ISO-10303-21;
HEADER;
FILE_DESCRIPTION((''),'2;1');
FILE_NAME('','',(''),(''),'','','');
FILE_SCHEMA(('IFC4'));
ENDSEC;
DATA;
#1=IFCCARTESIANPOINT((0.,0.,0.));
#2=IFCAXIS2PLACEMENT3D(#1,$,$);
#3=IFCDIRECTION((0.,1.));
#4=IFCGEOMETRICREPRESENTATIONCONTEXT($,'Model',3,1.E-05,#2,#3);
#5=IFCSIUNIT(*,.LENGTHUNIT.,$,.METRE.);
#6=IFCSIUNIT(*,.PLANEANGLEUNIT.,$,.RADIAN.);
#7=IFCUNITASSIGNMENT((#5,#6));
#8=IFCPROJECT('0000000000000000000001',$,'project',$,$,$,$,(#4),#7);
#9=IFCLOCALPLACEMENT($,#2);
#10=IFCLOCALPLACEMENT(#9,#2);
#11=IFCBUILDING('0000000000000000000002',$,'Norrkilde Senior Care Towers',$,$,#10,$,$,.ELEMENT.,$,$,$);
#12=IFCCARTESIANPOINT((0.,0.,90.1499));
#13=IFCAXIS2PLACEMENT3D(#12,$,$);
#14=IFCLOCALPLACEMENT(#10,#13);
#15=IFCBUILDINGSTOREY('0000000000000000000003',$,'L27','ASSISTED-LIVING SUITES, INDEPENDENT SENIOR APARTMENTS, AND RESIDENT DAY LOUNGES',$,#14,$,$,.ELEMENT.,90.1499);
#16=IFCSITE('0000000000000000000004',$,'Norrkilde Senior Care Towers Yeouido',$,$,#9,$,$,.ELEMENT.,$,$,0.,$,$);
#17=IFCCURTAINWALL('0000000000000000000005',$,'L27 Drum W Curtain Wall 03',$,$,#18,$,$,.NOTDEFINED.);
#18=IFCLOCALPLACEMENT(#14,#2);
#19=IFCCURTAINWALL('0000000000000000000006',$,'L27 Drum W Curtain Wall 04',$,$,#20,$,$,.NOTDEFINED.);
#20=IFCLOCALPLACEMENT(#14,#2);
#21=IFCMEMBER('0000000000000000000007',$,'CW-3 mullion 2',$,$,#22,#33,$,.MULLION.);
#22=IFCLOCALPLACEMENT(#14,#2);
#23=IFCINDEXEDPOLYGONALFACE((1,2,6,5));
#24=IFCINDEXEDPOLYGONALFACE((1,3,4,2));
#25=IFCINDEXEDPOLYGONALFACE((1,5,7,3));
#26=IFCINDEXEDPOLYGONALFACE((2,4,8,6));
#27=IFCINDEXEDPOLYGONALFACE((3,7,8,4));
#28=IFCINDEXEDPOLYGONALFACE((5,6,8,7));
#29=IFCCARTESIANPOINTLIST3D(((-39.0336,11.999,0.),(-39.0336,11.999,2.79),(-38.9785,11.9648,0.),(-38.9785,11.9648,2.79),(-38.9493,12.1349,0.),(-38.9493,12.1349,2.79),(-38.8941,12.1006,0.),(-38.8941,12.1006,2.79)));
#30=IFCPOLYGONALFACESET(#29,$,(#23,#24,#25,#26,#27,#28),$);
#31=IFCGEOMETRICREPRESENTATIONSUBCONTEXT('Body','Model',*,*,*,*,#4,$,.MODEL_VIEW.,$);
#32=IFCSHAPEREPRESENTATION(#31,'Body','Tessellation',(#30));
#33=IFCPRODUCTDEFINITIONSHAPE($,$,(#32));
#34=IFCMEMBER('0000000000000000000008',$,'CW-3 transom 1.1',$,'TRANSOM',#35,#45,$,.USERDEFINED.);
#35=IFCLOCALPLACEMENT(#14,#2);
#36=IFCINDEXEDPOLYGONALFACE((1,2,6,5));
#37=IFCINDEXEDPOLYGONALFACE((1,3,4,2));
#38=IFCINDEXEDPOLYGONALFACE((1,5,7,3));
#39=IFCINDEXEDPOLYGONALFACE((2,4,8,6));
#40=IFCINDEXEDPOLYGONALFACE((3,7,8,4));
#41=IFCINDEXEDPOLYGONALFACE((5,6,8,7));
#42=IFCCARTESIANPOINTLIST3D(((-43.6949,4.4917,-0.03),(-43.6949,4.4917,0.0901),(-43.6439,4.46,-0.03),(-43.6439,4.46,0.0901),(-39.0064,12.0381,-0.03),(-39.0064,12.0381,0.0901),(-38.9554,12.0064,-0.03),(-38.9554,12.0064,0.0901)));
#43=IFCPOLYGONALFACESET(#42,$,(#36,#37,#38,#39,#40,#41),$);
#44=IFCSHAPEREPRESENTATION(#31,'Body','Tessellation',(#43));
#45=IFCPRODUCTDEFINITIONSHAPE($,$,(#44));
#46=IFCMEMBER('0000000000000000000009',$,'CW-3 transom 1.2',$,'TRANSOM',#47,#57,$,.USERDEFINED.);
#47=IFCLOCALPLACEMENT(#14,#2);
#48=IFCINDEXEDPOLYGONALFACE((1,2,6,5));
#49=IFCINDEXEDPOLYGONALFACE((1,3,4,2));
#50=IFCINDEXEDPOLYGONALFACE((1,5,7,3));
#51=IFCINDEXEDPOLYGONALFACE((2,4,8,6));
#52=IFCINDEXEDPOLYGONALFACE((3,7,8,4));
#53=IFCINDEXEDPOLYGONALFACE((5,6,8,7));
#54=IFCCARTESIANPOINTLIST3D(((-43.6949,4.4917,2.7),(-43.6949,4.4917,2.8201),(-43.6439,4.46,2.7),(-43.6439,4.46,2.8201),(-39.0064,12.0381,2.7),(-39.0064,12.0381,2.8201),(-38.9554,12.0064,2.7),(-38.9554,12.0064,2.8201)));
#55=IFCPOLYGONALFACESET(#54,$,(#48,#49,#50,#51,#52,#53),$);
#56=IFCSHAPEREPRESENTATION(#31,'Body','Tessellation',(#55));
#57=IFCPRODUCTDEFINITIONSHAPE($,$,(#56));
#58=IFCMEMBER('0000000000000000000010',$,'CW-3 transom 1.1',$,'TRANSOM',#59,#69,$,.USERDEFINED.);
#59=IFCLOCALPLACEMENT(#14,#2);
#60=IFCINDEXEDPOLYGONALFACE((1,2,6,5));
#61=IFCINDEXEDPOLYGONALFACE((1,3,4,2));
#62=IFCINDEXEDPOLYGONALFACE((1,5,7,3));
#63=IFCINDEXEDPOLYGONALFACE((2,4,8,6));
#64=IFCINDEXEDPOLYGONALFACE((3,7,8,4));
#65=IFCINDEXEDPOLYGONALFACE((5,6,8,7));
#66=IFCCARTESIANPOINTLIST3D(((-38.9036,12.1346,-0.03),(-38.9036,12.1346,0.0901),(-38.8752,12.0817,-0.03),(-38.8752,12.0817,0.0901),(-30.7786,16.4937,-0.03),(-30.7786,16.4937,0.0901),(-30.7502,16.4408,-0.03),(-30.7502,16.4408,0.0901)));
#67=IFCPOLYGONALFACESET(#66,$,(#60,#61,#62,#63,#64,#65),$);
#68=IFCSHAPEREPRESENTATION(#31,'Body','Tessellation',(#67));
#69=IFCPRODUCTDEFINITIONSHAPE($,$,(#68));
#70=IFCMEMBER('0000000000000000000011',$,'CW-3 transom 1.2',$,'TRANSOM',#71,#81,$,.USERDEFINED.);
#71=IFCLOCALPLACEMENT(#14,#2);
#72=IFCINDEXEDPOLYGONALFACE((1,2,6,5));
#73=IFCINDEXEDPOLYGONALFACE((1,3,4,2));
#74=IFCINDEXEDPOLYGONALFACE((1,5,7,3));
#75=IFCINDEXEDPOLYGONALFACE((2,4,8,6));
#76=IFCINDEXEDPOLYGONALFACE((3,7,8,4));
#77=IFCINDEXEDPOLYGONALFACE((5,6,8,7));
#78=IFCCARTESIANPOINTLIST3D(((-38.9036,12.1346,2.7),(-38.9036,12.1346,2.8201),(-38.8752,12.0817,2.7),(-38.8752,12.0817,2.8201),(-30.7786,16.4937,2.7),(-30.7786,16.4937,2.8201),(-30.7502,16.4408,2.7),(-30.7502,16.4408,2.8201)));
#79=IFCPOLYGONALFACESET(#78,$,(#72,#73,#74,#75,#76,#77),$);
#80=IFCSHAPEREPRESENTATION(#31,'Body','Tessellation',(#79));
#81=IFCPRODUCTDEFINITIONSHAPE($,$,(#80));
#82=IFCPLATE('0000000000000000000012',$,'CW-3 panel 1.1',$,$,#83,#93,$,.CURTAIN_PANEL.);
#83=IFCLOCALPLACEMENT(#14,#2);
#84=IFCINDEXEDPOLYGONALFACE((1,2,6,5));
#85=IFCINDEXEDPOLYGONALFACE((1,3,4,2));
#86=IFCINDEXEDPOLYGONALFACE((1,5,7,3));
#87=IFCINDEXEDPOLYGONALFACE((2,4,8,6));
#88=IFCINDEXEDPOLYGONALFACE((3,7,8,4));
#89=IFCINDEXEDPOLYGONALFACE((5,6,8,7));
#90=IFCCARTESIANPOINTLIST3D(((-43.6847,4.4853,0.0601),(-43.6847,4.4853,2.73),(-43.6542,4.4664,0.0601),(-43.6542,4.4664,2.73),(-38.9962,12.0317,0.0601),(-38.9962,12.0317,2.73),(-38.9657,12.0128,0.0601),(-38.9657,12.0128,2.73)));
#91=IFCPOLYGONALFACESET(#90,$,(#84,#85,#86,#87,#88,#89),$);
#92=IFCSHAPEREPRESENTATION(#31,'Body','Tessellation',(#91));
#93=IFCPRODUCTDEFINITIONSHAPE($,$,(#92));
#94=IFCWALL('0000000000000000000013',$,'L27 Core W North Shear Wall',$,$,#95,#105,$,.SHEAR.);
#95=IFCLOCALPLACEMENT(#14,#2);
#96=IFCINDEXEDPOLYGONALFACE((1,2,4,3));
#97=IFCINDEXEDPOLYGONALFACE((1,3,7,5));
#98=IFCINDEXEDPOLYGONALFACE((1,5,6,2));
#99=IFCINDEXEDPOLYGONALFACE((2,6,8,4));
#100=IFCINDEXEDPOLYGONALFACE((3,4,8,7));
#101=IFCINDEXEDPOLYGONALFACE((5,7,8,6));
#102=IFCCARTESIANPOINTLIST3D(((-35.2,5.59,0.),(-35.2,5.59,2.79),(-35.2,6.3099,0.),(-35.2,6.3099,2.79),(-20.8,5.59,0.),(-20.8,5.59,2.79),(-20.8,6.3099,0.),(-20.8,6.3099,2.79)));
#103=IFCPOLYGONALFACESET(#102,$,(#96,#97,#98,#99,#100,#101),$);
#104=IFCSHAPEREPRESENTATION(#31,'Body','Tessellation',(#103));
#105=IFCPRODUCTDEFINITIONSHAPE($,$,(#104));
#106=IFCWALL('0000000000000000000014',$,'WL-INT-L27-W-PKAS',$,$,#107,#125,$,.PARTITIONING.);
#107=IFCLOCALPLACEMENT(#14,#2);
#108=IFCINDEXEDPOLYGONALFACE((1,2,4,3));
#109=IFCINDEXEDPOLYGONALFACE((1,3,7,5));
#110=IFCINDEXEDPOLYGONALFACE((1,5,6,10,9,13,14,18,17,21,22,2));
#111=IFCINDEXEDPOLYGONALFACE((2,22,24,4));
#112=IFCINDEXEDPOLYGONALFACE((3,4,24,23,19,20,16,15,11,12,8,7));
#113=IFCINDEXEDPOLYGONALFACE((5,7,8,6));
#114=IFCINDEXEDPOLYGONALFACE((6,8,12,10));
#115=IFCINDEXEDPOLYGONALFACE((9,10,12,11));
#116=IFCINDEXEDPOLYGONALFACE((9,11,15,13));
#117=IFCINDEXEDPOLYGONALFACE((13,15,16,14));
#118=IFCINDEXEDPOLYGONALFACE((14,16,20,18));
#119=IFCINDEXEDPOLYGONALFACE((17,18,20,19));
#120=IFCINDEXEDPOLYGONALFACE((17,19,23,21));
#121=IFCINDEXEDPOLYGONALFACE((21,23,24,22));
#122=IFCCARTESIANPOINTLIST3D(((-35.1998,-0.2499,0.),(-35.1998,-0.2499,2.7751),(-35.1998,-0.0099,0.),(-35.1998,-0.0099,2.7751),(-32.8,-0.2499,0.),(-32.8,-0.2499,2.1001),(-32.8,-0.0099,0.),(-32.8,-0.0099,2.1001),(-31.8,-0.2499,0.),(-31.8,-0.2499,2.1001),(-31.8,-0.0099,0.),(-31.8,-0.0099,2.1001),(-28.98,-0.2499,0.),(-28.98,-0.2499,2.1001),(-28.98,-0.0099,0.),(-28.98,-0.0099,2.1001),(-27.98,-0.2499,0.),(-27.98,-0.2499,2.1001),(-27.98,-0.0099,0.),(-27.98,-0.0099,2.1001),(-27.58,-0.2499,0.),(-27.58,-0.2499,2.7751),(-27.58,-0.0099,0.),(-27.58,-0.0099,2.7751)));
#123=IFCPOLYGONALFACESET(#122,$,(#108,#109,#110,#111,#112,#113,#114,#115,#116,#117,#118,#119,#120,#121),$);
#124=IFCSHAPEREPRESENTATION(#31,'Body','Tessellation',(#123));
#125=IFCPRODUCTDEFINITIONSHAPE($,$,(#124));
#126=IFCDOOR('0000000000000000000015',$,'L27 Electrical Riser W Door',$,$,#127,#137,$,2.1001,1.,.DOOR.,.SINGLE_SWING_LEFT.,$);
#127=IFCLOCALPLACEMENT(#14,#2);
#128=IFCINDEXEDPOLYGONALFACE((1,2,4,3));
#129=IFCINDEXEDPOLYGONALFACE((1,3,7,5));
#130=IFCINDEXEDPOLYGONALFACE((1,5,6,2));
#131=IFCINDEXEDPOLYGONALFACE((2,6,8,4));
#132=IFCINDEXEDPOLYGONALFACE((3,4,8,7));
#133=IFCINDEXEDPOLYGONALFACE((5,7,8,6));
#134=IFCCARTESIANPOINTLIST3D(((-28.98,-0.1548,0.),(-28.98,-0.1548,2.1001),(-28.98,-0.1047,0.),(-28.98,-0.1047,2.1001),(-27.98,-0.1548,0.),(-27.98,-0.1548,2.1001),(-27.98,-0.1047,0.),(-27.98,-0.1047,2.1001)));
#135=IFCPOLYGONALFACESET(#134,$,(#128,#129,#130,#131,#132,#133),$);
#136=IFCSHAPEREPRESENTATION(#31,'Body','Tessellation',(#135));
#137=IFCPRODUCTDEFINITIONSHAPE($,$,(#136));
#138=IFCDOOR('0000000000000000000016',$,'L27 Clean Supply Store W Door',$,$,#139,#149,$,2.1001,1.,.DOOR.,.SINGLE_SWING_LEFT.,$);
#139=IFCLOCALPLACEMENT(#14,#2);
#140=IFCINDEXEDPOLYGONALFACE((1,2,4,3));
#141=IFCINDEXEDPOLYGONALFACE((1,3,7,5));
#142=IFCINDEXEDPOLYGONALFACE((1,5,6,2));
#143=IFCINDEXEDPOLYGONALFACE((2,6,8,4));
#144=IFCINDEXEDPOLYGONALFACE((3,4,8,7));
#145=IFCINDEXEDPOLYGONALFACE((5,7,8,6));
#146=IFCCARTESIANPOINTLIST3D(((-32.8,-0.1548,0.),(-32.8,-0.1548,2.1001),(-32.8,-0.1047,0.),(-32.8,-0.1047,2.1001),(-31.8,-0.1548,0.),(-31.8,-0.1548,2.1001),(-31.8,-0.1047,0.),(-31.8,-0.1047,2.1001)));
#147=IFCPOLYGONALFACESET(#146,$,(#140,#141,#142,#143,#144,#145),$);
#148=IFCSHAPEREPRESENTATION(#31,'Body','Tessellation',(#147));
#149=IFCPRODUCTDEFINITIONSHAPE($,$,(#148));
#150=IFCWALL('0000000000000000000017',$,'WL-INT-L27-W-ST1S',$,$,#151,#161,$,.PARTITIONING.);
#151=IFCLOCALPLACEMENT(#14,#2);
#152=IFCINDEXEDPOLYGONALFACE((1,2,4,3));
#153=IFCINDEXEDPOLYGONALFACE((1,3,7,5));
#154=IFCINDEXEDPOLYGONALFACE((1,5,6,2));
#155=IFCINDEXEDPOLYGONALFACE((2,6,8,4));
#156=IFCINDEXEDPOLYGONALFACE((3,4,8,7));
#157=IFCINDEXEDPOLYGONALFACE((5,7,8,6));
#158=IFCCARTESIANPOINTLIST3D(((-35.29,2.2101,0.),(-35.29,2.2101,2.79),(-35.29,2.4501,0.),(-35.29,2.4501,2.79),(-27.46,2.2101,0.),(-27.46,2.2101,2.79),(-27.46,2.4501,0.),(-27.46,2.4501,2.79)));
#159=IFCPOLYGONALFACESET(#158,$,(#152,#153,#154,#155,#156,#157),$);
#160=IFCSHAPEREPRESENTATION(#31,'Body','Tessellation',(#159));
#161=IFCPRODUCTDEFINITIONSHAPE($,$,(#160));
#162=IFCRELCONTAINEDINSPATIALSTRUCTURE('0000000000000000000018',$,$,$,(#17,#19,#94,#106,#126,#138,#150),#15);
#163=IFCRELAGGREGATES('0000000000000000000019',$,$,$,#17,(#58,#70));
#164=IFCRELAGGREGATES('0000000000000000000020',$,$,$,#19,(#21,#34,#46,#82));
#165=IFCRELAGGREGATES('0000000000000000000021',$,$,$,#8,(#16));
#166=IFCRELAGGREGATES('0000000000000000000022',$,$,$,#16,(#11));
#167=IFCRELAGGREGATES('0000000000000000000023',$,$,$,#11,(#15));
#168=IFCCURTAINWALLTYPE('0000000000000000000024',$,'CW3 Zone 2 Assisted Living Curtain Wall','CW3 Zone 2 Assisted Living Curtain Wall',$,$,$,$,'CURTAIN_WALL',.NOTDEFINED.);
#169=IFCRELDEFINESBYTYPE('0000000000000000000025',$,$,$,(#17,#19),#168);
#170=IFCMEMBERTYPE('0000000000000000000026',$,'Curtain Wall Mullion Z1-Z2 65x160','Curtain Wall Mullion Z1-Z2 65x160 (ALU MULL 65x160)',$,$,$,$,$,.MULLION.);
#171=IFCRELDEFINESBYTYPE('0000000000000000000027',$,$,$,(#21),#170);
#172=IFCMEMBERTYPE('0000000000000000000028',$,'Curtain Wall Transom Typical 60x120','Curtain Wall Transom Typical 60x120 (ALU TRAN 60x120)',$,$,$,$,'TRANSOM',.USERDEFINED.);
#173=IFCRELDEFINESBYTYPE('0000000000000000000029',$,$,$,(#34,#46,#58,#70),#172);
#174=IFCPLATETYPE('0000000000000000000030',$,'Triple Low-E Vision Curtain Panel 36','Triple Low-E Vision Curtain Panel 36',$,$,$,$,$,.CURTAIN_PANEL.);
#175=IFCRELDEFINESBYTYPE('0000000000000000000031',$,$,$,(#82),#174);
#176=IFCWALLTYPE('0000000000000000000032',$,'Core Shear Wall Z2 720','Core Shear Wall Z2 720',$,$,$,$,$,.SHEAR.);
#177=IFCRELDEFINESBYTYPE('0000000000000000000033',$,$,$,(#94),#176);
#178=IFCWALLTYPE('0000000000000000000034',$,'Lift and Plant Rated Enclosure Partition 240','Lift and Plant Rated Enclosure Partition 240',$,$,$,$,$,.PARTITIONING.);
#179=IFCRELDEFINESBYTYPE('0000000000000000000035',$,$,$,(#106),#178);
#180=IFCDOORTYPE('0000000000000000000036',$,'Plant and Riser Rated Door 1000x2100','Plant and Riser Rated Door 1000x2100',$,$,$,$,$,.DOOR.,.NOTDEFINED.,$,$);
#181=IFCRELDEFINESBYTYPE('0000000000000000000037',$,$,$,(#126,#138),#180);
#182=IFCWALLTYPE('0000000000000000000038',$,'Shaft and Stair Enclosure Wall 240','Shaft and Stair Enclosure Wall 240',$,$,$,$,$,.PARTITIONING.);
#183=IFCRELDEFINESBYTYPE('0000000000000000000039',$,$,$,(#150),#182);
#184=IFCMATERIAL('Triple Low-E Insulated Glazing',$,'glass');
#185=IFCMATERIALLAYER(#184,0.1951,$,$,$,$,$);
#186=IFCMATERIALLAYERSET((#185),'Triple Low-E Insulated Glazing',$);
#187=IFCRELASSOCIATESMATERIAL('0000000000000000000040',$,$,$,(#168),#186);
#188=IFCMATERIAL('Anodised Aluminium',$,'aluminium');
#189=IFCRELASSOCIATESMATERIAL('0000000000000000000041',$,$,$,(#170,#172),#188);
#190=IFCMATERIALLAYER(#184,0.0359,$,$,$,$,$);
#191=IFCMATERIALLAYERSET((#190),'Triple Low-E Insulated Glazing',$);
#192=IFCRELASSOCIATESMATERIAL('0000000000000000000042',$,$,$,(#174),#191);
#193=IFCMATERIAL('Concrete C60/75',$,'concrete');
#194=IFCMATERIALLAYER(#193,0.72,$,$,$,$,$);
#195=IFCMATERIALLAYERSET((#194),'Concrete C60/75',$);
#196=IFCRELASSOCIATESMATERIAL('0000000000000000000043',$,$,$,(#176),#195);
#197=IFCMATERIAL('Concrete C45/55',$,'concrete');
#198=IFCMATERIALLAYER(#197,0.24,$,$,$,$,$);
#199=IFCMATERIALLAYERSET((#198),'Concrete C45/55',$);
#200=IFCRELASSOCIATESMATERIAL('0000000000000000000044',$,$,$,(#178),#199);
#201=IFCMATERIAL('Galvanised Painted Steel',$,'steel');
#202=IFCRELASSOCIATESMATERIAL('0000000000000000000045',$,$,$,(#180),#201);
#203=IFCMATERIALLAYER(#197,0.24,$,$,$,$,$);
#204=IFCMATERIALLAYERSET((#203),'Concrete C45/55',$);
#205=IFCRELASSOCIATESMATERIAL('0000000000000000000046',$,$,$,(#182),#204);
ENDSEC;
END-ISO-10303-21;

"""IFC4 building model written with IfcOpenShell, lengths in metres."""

from ifc_helpers import new_model, si_unit, direction, frame, frame_2d, origin, origin_2d, place, context, subcontext, project, spatial, rectangle, extrude, source, transform, mapped, material, layer, layer_set, material_profile, profile_set, type_object, type_shapes, element, fill, aggregate, save


model = new_model("IFC4")

# Units and contexts
model_context = context("Model", 3, precision=1e-05, world=origin(), true_north=direction((0.0, 1.0)))
body_context = subcontext(model_context, "Body", "Model", "MODEL_VIEW")
ifc_project = project(units=[si_unit("LENGTHUNIT", "METRE"), si_unit("PLANEANGLEUNIT", "RADIAN")], contexts=[model_context])

# Site, building, storey
site_placement = place(None, origin())
site = spatial("IfcSite", under=ifc_project, at=site_placement, Name="Norrkilde Senior Care Towers Yeouido", CompositionType="ELEMENT", RefElevation=0.0)
building_placement = place(site_placement, origin())
building = spatial("IfcBuilding", under=site, at=building_placement, Name="Norrkilde Senior Care Towers", CompositionType="ELEMENT")
storey_placement = place(building_placement, frame((0.0, 0.0, 90.1499)))
storey = spatial("IfcBuildingStorey", under=building, at=storey_placement, Name="L27", Description="ASSISTED-LIVING SUITES, INDEPENDENT SENIOR APARTMENTS, AND RESIDENT DAY LOUNGES", CompositionType="ELEMENT", Elevation=90.1499)

# Shared definitions
ifc_material_1 = material(Name="Concrete C60/75", Category="concrete")

# Curtain wall
ifc_material_2 = material(Name="Triple Low-E Insulated Glazing", Category="glass")
ifc_layer_1 = layer(ifc_material_2, 0.1951)
ifc_layer_set_1 = layer_set([ifc_layer_1], Name="Triple Low-E Insulated Glazing")
curtain_wall_type = type_object("IfcCurtainWallType", Name="CW3 Zone 2 Assisted Living Curtain Wall", Description="CW3 Zone 2 Assisted Living Curtain Wall", ElementType="CURTAIN_WALL", PredefinedType="NOTDEFINED", material=ifc_layer_set_1)
curtain_wall_1_placement = place(storey_placement, origin())
curtain_wall_1 = element("IfcCurtainWall", 1, at=curtain_wall_1_placement, inside=storey, type_object=curtain_wall_type, Name="L27 Drum W Curtain Wall 03", PredefinedType="NOTDEFINED")
ifc_material_3 = material(Name="Anodised Aluminium", Category="aluminium")
ifc_material_profile_1 = material_profile(ifc_material_3, rectangle(XDim=0.0649, YDim=0.1599, at=origin_2d()), Name="ALU MULL 65x160")
ifc_profile_set_1 = profile_set([ifc_material_profile_1], Name="Anodised Aluminium")
member_type_1 = type_object("IfcMemberType", Name="Curtain Wall Mullion Z1-Z2 65x160", Description="Curtain Wall Mullion Z1-Z2 65x160 (ALU MULL 65x160)", PredefinedType="MULLION", material=ifc_profile_set_1)
shared_shape_1 = source(origin(), body_context, "Body", "SweptSolid", [
    extrude(rectangle(XDim=0.0649, YDim=0.1599, at=origin_2d()), origin(), (0.0, 0.0, 1.0), 2.79),
])
type_shapes(member_type_1, [shared_shape_1])

# Curtain wall, members
curtain_wall_2_placement = place(storey_placement, origin())
curtain_wall_2 = element("IfcCurtainWall", 2, at=curtain_wall_2_placement, inside=storey, type_object=curtain_wall_type, Name="L27 Drum W Curtain Wall 04", PredefinedType="NOTDEFINED")
member_1_placement = place(storey_placement, frame((-38.9639, 12.0498, 0.0), z_axis=(0.0, 0.0, 1.0), x_axis=(-0.84941, 0.527733, 0.0)))
member_1 = element("IfcMember", 3, at=member_1_placement, type_object=member_type_1, Name="CW-3 mullion 2", PredefinedType="MULLION", context=body_context, shape_type="MappedRepresentation", body=[
    mapped(shared_shape_1, transform((0.0, 0.0, 0.0), x_axis=(1.0, 0.0, 0.0), y_axis=(0.0, 1.0, 0.0), z_axis=(0.0, 0.0, 1.0), scale=1.0)),
])
ifc_material_profile_2 = material_profile(ifc_material_3, rectangle(XDim=0.0601, YDim=0.1201, at=origin_2d()), Name="ALU TRAN 60x120")
ifc_profile_set_2 = profile_set([ifc_material_profile_2], Name="Anodised Aluminium")
member_type_2 = type_object("IfcMemberType", Name="Curtain Wall Transom Typical 60x120", Description="Curtain Wall Transom Typical 60x120 (ALU TRAN 60x120)", ElementType="TRANSOM", PredefinedType="USERDEFINED", material=ifc_profile_set_2)
shared_shape_2 = source(origin(), body_context, "Body", "SweptSolid", [
    extrude(rectangle(XDim=0.0601, YDim=0.1201, at=origin_2d()), origin(), (0.0, 0.0, 1.0), 8.8843),
])
member_2_placement = place(storey_placement, frame((-43.6694, 4.4758, 0.03), z_axis=(0.527729, 0.849413, 0.0), x_axis=(-0.849413, 0.527729, 0.0)))
member_2 = element("IfcMember", 4, at=member_2_placement, type_object=member_type_2, Name="CW-3 transom 1.1", ObjectType="TRANSOM", PredefinedType="USERDEFINED", context=body_context, shape_type="MappedRepresentation", body=[
    mapped(shared_shape_2, transform((0.0, 0.0, 0.0), x_axis=(1.0, 0.0, 0.0), y_axis=(0.0, 1.0, 0.0), z_axis=(0.0, 0.0, 1.0), scale=1.0)),
])
member_3_placement = place(storey_placement, frame((-43.6694, 4.4758, 2.76), z_axis=(0.527729, 0.849413, 0.0), x_axis=(-0.849413, 0.527729, 0.0)))
member_3 = element("IfcMember", 5, at=member_3_placement, type_object=member_type_2, Name="CW-3 transom 1.2", ObjectType="TRANSOM", PredefinedType="USERDEFINED", context=body_context, shape_type="MappedRepresentation", body=[
    mapped(shared_shape_2, transform((0.0, 0.0, 0.0), x_axis=(1.0, 0.0, 0.0), y_axis=(0.0, 1.0, 0.0), z_axis=(0.0, 0.0, 1.0), scale=1.0)),
])

# Members
shared_shape_3 = source(origin(), body_context, "Body", "SweptSolid", [
    extrude(rectangle(XDim=0.0601, YDim=0.1201, at=origin_2d()), origin(), (0.0, 0.0, 1.0), 9.2205),
])
type_shapes(member_type_2, [shared_shape_2, shared_shape_3])
member_4_placement = place(storey_placement, frame((-38.8894, 12.1082, 0.03), z_axis=(0.881189, 0.472765, 0.0), x_axis=(-0.472765, 0.881189, 0.0)))
member_4 = element("IfcMember", 6, at=member_4_placement, type_object=member_type_2, Name="CW-3 transom 1.1", ObjectType="TRANSOM", PredefinedType="USERDEFINED", context=body_context, shape_type="MappedRepresentation", body=[
    mapped(shared_shape_3, transform((0.0, 0.0, 0.0), x_axis=(1.0, 0.0, 0.0), y_axis=(0.0, 1.0, 0.0), z_axis=(0.0, 0.0, 1.0), scale=1.0)),
])
member_5_placement = place(storey_placement, frame((-38.8894, 12.1082, 2.76), z_axis=(0.881189, 0.472765, 0.0), x_axis=(-0.472765, 0.881189, 0.0)))
member_5 = element("IfcMember", 7, at=member_5_placement, type_object=member_type_2, Name="CW-3 transom 1.2", ObjectType="TRANSOM", PredefinedType="USERDEFINED", context=body_context, shape_type="MappedRepresentation", body=[
    mapped(shared_shape_3, transform((0.0, 0.0, 0.0), x_axis=(1.0, 0.0, 0.0), y_axis=(0.0, 1.0, 0.0), z_axis=(0.0, 0.0, 1.0), scale=1.0)),
])
aggregate(curtain_wall_1, [member_4, member_5])

# Plate
ifc_layer_2 = layer(ifc_material_2, 0.0359)
ifc_layer_set_2 = layer_set([ifc_layer_2], Name="Triple Low-E Insulated Glazing")
plate_type = type_object("IfcPlateType", Name="Triple Low-E Vision Curtain Panel 36", Description="Triple Low-E Vision Curtain Panel 36", PredefinedType="CURTAIN_PANEL", material=ifc_layer_set_2)
shared_shape_4 = source(origin(), body_context, "Body", "SweptSolid", [
    extrude(rectangle(XDim=8.8843, YDim=0.0359, at=origin_2d()), origin(), (0.0, 0.0, 1.0), 2.6699),
])
type_shapes(plate_type, [shared_shape_4])
plate_placement = place(storey_placement, frame((-41.3252, 8.249, 0.0601), z_axis=(0.0, 0.0, 1.0), x_axis=(0.527733, 0.84941, 0.0)))
plate = element("IfcPlate", 8, at=plate_placement, type_object=plate_type, Name="CW-3 panel 1.1", PredefinedType="CURTAIN_PANEL", context=body_context, shape_type="MappedRepresentation", body=[
    mapped(shared_shape_4, transform((0.0, 0.0, 0.0), x_axis=(1.0, 0.0, 0.0), y_axis=(0.0, 1.0, 0.0), z_axis=(0.0, 0.0, 1.0), scale=1.0)),
])
aggregate(curtain_wall_2, [member_1, member_2, member_3, plate])

# Wall
ifc_layer_3 = layer(ifc_material_1, 0.72)
ifc_layer_set_3 = layer_set([ifc_layer_3], Name="Concrete C60/75")
wall_type_1 = type_object("IfcWallType", Name="Core Shear Wall Z2 720", Description="Core Shear Wall Z2 720", PredefinedType="SHEAR", material=ifc_layer_set_3)
shared_shape_5 = source(origin(), body_context, "Body", "SweptSolid", [
    extrude(rectangle(XDim=14.3999, YDim=0.72, at=frame_2d((7.2, 0.0))), origin(), (0.0, 0.0, 1.0), 2.79),
])
type_shapes(wall_type_1, [shared_shape_5])
wall_1_placement = place(storey_placement, frame((-35.2, 5.95, 0.0), z_axis=(0.0, 0.0, 1.0), x_axis=(1.0, 0.0, 0.0)))
element("IfcWall", 9, at=wall_1_placement, inside=storey, type_object=wall_type_1, Name="L27 Core W North Shear Wall", PredefinedType="SHEAR", context=body_context, shape_type="MappedRepresentation", body=[
    mapped(shared_shape_5, transform((0.0, 0.0, 0.0), x_axis=(1.0, 0.0, 0.0), y_axis=(0.0, 1.0, 0.0), z_axis=(0.0, 0.0, 1.0), scale=1.0)),
])

# Wall, openings, doors
ifc_material_4 = material(Name="Concrete C45/55", Category="concrete")
ifc_layer_4 = layer(ifc_material_4, 0.24)
ifc_layer_set_4 = layer_set([ifc_layer_4], Name="Concrete C45/55")
wall_type_2 = type_object("IfcWallType", Name="Lift and Plant Rated Enclosure Partition 240", Description="Lift and Plant Rated Enclosure Partition 240", PredefinedType="PARTITIONING", material=ifc_layer_set_4)
shared_shape_6 = source(origin(), body_context, "Body", "SweptSolid", [
    extrude(rectangle(XDim=7.6199, YDim=0.24, at=frame_2d((3.8101, 0.0))), origin(), (0.0, 0.0, 1.0), 2.7751),
])
type_shapes(wall_type_2, [shared_shape_6])
wall_2_placement = place(storey_placement, frame((-35.2, -0.1299, 0.0), z_axis=(0.0, 0.0, 1.0), x_axis=(1.0, 0.0, 0.0)))
wall_2 = element("IfcWall", 10, at=wall_2_placement, inside=storey, type_object=wall_type_2, Name="WL-INT-L27-W-PKAS", PredefinedType="PARTITIONING", context=body_context, shape_type="MappedRepresentation", body=[
    mapped(shared_shape_6, transform((0.0, 0.0, 0.0), x_axis=(1.0, 0.0, 0.0), y_axis=(0.0, 1.0, 0.0), z_axis=(0.0, 0.0, 1.0), scale=1.0)),
])
opening_1_placement = place(wall_2_placement, frame((6.22, 0.0, 0.0)))
opening_1 = element("IfcOpeningElement", 11, at=opening_1_placement, cuts=wall_2, PredefinedType="OPENING", context=body_context, shape_type="SweptSolid", body=[
    extrude(rectangle(XDim=1.0, YDim=2.1001, at=frame_2d((0.5, 1.05))), frame((0.0, 0.1299, 0.0), z_axis=(0.0, -1.0, 0.0), x_axis=(1.0, 0.0, 0.0)), (0.0, 0.0, 1.0), 0.26),
])
opening_2_placement = place(wall_2_placement, frame((2.3999, 0.0, 0.0)))
opening_2 = element("IfcOpeningElement", 12, at=opening_2_placement, cuts=wall_2, PredefinedType="OPENING", context=body_context, shape_type="SweptSolid", body=[
    extrude(rectangle(XDim=1.0, YDim=2.1001, at=frame_2d((0.5, 1.05))), frame((0.0, 0.1299, 0.0), z_axis=(0.0, -1.0, 0.0), x_axis=(1.0, 0.0, 0.0)), (0.0, 0.0, 1.0), 0.26),
])
ifc_material_5 = material(Name="Galvanised Painted Steel", Category="steel")
door_type = type_object("IfcDoorType", Name="Plant and Riser Rated Door 1000x2100", Description="Plant and Riser Rated Door 1000x2100", OperationType="NOTDEFINED", PredefinedType="DOOR", material=ifc_material_5)
shared_shape_7 = source(origin(), body_context, "Body", "SweptSolid", [
    extrude(rectangle(XDim=1.0, YDim=2.1001, at=frame_2d((0.5, 1.05))), frame((0.0, 0.0249, 0.0), z_axis=(0.0, -1.0, 0.0), x_axis=(1.0, 0.0, 0.0)), (0.0, 0.0, 1.0), 0.05),
])
type_shapes(door_type, [shared_shape_7])
door_1_placement = place(opening_1_placement, frame((1.0, 0.0, 0.0), z_axis=(0.0, 0.0, 1.0), x_axis=(-1.0, 0.0, 0.0)))
door_1 = element("IfcDoor", 13, at=door_1_placement, inside=storey, type_object=door_type, Name="L27 Electrical Riser W Door", OperationType="SINGLE_SWING_LEFT", OverallHeight=2.1001, OverallWidth=1.0, PredefinedType="DOOR", context=body_context, shape_type="MappedRepresentation", body=[
    mapped(shared_shape_7, transform((0.0, 0.0, 0.0), x_axis=(1.0, 0.0, 0.0), y_axis=(0.0, 1.0, 0.0), z_axis=(0.0, 0.0, 1.0), scale=1.0)),
])
fill(opening_1, door_1)
door_2_placement = place(opening_2_placement, frame((1.0, 0.0, 0.0), z_axis=(0.0, 0.0, 1.0), x_axis=(-1.0, 0.0, 0.0)))
door_2 = element("IfcDoor", 14, at=door_2_placement, inside=storey, type_object=door_type, Name="L27 Clean Supply Store W Door", OperationType="SINGLE_SWING_LEFT", OverallHeight=2.1001, OverallWidth=1.0, PredefinedType="DOOR", context=body_context, shape_type="MappedRepresentation", body=[
    mapped(shared_shape_7, transform((0.0, 0.0, 0.0), x_axis=(1.0, 0.0, 0.0), y_axis=(0.0, 1.0, 0.0), z_axis=(0.0, 0.0, 1.0), scale=1.0)),
])
fill(opening_2, door_2)

# Wall
ifc_layer_5 = layer(ifc_material_4, 0.24)
ifc_layer_set_5 = layer_set([ifc_layer_5], Name="Concrete C45/55")
wall_type_3 = type_object("IfcWallType", Name="Shaft and Stair Enclosure Wall 240", Description="Shaft and Stair Enclosure Wall 240", PredefinedType="PARTITIONING", material=ifc_layer_set_5)
shared_shape_8 = source(origin(), body_context, "Body", "SweptSolid", [
    extrude(rectangle(XDim=7.8301, YDim=0.24, at=frame_2d((3.915, 0.0))), origin(), (0.0, 0.0, 1.0), 2.79),
])
type_shapes(wall_type_3, [shared_shape_8])
wall_3_placement = place(storey_placement, frame((-35.29, 2.3301, 0.0), z_axis=(0.0, 0.0, 1.0), x_axis=(1.0, 0.0, 0.0)))
element("IfcWall", 15, at=wall_3_placement, inside=storey, type_object=wall_type_3, Name="WL-INT-L27-W-ST1S", PredefinedType="PARTITIONING", context=body_context, shape_type="MappedRepresentation", body=[
    mapped(shared_shape_8, transform((0.0, 0.0, 0.0), x_axis=(1.0, 0.0, 0.0), y_axis=(0.0, 1.0, 0.0), z_axis=(0.0, 0.0, 1.0), scale=1.0)),
])

save(model, "model.ifc")
